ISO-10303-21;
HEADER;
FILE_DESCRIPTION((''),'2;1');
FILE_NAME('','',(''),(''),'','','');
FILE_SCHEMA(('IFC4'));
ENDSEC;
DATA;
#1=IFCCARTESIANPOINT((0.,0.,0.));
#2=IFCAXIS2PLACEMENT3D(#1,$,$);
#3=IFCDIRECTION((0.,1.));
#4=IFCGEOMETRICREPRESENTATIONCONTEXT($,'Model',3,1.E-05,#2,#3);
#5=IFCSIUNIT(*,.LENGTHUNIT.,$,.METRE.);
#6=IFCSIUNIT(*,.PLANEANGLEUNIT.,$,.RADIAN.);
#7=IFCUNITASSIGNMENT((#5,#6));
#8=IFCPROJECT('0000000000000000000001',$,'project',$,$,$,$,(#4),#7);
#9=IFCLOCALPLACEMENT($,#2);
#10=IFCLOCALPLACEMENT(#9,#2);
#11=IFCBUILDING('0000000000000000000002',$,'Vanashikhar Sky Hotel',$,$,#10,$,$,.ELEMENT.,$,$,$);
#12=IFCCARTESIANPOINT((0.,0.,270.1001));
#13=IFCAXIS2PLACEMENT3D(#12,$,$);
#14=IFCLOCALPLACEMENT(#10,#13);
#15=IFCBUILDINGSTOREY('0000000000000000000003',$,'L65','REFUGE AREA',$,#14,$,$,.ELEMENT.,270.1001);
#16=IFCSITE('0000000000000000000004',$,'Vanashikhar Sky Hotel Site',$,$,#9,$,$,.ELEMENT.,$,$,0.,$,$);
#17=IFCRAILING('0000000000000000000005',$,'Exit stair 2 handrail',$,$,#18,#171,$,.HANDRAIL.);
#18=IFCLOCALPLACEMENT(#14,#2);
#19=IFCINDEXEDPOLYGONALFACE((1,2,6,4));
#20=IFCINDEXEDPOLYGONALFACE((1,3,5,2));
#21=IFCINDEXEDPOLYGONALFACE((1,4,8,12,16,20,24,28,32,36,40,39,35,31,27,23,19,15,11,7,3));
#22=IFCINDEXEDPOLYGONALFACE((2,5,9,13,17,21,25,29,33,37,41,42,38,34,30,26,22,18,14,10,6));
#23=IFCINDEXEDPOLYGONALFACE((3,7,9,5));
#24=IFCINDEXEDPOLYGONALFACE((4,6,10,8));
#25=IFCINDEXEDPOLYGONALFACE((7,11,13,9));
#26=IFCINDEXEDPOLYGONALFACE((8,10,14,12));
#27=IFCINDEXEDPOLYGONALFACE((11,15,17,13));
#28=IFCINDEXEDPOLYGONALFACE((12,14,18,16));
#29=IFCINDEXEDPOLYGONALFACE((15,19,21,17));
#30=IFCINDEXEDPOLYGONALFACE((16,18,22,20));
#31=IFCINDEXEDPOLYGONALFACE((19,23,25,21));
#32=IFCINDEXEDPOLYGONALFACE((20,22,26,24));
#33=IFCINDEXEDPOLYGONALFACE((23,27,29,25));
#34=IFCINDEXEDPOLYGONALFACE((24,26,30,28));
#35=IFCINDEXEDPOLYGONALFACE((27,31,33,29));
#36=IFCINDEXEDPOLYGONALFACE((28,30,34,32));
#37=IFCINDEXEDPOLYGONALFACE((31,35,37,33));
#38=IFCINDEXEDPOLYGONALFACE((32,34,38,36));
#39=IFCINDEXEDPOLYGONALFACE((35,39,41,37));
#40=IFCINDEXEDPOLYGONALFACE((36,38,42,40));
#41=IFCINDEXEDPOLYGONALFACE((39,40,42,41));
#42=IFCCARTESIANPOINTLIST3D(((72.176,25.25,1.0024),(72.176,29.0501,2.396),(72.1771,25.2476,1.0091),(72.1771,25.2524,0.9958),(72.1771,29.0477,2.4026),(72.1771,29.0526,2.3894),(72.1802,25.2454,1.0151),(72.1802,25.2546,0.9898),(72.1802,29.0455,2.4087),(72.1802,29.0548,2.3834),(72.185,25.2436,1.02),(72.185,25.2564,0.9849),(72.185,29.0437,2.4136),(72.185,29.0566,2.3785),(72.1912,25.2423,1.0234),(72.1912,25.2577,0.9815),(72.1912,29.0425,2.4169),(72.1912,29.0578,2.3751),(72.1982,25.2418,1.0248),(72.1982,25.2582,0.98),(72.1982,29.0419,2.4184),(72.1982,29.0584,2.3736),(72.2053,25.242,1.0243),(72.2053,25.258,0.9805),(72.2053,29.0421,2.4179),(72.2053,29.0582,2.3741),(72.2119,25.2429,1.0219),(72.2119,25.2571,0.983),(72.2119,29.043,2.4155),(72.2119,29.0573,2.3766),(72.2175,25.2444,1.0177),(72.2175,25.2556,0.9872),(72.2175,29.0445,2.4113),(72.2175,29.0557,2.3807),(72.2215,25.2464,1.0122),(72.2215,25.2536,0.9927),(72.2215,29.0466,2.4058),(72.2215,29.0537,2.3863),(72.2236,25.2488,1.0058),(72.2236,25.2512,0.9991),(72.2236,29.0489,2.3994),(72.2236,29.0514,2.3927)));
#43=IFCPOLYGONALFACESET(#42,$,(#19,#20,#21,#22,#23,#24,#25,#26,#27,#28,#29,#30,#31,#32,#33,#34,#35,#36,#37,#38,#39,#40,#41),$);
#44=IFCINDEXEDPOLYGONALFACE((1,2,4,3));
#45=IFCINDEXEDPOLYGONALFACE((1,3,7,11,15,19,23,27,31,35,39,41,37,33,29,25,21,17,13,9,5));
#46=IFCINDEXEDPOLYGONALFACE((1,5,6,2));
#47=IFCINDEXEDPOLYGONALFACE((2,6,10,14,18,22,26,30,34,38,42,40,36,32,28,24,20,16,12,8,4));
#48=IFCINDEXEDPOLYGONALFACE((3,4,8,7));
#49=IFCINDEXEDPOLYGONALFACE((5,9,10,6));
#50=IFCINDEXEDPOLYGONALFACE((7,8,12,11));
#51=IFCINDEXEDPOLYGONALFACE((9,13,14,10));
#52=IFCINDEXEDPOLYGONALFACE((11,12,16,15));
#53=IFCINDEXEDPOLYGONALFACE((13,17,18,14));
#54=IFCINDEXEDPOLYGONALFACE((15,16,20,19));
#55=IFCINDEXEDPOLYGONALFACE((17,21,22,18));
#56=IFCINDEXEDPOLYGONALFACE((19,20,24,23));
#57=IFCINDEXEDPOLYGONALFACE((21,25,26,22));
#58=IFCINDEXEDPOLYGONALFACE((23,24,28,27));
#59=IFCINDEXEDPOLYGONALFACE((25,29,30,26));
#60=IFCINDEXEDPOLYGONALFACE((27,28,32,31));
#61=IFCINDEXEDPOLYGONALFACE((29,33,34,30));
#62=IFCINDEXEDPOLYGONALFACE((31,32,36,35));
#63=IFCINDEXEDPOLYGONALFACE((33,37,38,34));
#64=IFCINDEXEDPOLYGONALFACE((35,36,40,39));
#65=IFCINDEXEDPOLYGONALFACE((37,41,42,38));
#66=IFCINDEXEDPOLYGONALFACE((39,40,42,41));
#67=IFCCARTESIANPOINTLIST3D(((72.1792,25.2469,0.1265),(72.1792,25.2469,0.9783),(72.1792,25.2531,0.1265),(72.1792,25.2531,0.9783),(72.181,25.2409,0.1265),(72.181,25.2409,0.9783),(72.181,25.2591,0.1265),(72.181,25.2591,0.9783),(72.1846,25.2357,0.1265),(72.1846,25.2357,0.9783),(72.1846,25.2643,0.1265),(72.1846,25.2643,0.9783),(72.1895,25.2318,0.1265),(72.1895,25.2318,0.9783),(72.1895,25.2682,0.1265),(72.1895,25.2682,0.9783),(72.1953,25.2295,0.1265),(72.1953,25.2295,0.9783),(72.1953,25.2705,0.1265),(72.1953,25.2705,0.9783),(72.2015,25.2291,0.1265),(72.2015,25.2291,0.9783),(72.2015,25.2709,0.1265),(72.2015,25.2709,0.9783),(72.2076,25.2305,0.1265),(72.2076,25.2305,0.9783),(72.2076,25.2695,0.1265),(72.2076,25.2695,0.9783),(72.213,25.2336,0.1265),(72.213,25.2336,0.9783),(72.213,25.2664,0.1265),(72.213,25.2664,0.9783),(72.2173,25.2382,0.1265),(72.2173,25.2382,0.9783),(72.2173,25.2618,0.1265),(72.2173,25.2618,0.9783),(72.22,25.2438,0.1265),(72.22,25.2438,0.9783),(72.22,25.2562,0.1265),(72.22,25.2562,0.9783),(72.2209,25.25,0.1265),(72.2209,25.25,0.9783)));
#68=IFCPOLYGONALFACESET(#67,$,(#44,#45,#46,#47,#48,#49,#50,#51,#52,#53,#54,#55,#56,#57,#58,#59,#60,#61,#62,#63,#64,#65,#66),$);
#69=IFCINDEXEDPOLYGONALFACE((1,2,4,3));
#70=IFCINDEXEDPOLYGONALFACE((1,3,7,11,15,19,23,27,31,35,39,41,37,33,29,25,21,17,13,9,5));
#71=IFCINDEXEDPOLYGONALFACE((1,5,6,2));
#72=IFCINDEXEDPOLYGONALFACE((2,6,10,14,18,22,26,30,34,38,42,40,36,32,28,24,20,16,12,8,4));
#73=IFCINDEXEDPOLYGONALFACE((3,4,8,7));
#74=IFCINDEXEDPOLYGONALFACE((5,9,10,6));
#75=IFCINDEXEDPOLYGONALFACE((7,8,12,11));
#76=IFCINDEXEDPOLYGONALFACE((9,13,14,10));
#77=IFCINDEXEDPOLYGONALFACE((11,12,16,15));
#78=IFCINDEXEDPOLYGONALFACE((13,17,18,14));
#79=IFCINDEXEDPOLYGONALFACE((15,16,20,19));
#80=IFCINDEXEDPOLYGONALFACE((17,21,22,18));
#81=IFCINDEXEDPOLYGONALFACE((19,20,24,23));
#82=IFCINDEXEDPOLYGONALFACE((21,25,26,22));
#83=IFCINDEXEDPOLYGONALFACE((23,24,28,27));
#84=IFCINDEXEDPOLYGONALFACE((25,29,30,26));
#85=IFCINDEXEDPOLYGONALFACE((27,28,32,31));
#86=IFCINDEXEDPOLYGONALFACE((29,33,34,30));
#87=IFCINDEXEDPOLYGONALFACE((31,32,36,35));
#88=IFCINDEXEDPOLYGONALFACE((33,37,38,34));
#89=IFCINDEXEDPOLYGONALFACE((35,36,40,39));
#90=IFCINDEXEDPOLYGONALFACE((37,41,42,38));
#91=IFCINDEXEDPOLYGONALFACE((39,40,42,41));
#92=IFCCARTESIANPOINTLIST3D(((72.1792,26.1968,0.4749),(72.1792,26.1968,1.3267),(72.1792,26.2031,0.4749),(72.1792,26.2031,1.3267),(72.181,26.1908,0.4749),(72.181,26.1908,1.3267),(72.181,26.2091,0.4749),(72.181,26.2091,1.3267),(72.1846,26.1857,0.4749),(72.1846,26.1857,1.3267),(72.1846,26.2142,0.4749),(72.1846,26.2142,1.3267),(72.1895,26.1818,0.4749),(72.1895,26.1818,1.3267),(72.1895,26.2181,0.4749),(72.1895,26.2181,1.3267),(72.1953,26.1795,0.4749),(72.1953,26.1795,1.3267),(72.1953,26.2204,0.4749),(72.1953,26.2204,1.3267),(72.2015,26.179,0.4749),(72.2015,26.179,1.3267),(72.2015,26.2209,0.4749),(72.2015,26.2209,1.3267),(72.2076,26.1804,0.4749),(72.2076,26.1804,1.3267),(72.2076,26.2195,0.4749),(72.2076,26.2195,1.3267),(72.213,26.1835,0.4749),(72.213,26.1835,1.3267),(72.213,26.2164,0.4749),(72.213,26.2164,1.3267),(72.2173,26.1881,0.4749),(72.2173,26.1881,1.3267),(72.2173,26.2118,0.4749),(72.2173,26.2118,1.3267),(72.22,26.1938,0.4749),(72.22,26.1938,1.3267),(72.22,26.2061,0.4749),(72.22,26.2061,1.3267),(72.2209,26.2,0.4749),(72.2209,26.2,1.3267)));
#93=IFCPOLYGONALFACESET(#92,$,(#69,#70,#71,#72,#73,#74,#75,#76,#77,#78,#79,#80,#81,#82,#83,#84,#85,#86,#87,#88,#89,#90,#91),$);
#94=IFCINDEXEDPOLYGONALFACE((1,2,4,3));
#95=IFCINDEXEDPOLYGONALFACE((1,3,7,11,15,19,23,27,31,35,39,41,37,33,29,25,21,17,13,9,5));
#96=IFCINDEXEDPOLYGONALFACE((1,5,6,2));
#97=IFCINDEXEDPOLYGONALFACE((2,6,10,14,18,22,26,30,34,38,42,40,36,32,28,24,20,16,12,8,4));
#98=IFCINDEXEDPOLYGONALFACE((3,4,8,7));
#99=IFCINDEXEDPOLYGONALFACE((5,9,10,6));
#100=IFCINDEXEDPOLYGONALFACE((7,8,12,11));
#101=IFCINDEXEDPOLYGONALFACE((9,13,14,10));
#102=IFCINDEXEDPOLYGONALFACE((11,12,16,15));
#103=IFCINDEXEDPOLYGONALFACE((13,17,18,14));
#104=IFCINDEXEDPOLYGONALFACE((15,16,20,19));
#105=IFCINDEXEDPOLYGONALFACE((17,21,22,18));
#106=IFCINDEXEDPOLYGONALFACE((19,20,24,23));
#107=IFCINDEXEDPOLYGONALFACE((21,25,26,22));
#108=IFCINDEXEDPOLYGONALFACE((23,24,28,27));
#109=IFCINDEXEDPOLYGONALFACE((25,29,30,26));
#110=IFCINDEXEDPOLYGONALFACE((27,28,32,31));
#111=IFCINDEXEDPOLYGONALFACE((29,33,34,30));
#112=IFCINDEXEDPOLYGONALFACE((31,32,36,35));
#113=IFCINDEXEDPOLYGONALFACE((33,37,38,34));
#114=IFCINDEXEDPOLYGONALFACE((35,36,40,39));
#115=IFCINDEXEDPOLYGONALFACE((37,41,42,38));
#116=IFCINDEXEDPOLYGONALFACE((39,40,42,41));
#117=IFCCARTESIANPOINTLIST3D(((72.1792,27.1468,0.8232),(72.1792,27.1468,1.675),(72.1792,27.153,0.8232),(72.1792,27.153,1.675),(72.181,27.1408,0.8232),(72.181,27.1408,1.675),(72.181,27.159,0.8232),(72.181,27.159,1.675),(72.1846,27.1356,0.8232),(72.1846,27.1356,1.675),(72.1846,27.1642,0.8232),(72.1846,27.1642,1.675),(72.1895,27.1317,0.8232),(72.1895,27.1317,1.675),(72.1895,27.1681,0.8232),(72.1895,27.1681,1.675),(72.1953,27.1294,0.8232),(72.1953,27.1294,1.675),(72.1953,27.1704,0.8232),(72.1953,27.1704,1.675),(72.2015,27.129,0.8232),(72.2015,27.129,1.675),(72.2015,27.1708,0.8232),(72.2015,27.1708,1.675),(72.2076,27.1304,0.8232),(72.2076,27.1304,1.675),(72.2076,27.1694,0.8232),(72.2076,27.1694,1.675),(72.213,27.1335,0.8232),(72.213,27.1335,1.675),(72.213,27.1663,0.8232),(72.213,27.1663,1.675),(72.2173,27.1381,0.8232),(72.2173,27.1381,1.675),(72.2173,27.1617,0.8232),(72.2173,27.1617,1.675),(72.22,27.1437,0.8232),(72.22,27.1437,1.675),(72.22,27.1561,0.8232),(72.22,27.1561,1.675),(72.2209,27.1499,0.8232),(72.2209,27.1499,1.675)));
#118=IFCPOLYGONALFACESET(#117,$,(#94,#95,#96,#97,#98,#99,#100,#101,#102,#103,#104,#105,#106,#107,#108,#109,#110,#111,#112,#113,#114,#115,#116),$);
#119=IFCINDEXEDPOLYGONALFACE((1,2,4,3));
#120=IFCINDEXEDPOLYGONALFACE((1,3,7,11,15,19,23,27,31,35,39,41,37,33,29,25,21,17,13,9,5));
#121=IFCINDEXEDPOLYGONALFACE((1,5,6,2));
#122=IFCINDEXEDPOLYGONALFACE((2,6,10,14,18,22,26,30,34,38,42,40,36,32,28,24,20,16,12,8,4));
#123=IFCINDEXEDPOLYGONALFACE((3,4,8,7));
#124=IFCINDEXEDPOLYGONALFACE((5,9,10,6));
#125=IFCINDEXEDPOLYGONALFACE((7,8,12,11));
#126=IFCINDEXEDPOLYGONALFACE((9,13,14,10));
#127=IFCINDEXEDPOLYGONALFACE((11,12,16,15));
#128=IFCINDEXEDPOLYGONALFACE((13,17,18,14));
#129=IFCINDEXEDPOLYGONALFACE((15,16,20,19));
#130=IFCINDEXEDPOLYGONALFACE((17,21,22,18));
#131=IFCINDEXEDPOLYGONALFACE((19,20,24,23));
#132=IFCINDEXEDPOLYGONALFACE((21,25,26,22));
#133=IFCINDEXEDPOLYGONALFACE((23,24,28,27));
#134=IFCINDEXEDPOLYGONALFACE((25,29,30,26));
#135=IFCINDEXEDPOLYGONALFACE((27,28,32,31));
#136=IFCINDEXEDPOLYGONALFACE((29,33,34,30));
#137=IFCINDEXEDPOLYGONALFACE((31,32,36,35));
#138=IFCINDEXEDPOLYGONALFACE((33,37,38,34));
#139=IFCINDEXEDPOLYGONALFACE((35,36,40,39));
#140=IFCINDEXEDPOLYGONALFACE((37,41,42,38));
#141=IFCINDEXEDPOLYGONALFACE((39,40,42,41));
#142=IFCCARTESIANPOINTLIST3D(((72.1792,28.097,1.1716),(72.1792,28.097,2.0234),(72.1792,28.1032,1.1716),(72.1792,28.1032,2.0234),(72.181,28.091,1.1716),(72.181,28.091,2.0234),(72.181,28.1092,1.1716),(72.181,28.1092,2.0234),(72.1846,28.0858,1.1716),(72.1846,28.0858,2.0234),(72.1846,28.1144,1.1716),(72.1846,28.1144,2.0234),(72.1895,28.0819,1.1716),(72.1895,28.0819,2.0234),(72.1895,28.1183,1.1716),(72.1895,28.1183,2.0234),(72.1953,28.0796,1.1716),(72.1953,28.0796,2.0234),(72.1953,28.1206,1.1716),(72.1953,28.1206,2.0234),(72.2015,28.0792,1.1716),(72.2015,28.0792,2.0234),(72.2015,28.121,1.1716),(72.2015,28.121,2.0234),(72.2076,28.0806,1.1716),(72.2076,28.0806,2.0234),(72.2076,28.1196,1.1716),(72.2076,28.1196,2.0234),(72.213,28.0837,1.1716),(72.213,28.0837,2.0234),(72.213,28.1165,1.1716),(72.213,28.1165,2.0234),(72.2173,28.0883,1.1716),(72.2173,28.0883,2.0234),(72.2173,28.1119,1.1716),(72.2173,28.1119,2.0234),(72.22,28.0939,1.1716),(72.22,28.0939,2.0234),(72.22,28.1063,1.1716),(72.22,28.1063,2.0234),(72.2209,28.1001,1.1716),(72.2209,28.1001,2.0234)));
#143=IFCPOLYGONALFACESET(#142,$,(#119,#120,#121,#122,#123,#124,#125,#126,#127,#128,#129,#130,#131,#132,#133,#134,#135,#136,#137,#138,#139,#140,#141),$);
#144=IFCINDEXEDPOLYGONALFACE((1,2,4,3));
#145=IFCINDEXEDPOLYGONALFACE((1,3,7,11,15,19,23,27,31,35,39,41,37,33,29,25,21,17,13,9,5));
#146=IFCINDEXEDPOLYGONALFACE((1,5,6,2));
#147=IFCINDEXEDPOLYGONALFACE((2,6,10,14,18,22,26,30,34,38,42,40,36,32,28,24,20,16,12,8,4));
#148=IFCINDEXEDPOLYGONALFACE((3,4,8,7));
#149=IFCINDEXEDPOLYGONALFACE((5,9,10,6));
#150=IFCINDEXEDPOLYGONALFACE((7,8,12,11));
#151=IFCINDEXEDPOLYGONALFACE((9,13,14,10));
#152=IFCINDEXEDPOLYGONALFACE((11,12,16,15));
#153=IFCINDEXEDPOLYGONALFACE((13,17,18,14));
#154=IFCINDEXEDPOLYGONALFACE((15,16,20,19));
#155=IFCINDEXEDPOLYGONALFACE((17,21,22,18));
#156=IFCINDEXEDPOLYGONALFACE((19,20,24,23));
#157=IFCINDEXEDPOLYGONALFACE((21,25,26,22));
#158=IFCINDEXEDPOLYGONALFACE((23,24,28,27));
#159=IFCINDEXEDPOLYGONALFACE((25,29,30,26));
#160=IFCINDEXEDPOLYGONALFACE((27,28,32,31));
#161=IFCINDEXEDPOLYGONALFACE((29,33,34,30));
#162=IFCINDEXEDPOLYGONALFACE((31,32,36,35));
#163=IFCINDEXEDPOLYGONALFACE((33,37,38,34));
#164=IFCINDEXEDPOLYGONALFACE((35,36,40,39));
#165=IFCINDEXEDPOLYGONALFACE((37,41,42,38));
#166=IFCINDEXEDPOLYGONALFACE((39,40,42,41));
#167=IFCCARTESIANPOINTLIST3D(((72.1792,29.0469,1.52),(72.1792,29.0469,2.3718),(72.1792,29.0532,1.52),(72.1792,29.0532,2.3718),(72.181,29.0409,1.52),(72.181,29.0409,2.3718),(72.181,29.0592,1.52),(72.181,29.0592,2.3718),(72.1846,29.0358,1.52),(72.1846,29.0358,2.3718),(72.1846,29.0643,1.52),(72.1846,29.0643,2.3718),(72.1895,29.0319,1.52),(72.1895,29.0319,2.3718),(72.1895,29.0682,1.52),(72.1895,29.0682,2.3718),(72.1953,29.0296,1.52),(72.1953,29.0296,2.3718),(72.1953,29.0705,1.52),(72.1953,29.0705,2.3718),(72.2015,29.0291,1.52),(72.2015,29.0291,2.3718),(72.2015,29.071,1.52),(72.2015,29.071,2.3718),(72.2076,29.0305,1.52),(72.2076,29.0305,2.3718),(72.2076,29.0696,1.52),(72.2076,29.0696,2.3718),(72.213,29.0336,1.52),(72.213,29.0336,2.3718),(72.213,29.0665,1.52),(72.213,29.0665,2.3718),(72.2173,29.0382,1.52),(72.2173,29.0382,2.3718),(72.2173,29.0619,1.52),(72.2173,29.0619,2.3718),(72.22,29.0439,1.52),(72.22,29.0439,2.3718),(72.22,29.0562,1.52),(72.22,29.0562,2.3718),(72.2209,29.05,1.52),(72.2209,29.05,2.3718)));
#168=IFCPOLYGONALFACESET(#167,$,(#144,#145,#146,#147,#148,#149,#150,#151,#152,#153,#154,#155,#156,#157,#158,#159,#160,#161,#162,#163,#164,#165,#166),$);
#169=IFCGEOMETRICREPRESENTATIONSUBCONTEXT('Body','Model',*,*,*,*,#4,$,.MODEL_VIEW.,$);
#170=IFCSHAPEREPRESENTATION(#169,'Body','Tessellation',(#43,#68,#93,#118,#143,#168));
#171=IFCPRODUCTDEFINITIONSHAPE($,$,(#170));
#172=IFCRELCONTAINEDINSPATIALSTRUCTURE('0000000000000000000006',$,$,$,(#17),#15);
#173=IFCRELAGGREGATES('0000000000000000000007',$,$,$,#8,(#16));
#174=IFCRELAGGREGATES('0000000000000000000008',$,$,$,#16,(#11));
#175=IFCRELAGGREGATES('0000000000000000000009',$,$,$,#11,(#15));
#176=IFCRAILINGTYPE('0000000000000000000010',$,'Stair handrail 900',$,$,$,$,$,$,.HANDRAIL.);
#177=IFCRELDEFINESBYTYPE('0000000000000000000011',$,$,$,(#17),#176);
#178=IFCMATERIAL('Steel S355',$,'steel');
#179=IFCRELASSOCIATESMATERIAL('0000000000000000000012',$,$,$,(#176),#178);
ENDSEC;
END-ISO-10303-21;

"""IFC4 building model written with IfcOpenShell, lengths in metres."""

from ifc_helpers import new_model, si_unit, direction, frame, origin, origin_2d, place, context, subcontext, project, spatial, circle, extrude, source, transform, mapped, material, type_object, element, save


model = new_model("IFC4")

# Units and contexts
model_context = context("Model", 3, precision=1e-05, world=origin(), true_north=direction((0.0, 1.0)))
body_context = subcontext(model_context, "Body", "Model", "MODEL_VIEW")
ifc_project = project(units=[si_unit("LENGTHUNIT", "METRE"), si_unit("PLANEANGLEUNIT", "RADIAN")], contexts=[model_context])

# Site, building, storey
site_placement = place(None, origin())
site = spatial("IfcSite", under=ifc_project, at=site_placement, Name="Vanashikhar Sky Hotel Site", CompositionType="ELEMENT", RefElevation=0.0)
building_placement = place(site_placement, origin())
building = spatial("IfcBuilding", under=site, at=building_placement, Name="Vanashikhar Sky Hotel", CompositionType="ELEMENT")
storey_placement = place(building_placement, frame((0.0, 0.0, 270.1001)))
storey = spatial("IfcBuildingStorey", under=building, at=storey_placement, Name="L65", Description="REFUGE AREA", CompositionType="ELEMENT", Elevation=270.1001)

# Railing
ifc_material_1 = material(Name="Steel S355", Category="steel")
railing_type_1 = type_object("IfcRailingType", Name="Stair handrail 900", PredefinedType="HANDRAIL", material=ifc_material_1)
shared_shape_1 = source(origin(), body_context, "Body", "SweptSolid", [
    extrude(circle(Radius=0.0239, at=origin_2d()), frame((0.0, 0.0, 0.876), z_axis=(0.0, 0.93886, 0.344299), x_axis=(-1.0, 0.0, 0.0)), (0.0, 0.0, 1.0), 4.0476),
    extrude(circle(Radius=0.021, at=origin_2d()), origin(), (0.0, 0.0, 1.0), 0.8518),
    extrude(circle(Radius=0.021, at=origin_2d()), frame((0.0, 0.95, 0.3484)), (0.0, 0.0, 1.0), 0.8518),
    extrude(circle(Radius=0.021, at=origin_2d()), frame((0.0, 1.8999, 0.6968)), (0.0, 0.0, 1.0), 0.8518),
    extrude(circle(Radius=0.021, at=origin_2d()), frame((0.0, 2.8501, 1.0452)), (0.0, 0.0, 1.0), 0.8518),
    extrude(circle(Radius=0.021, at=origin_2d()), frame((0.0, 3.8, 1.3936)), (0.0, 0.0, 1.0), 0.8518),
])
for number, where, name in (
    (1, (72.2, 25.25, 0.1265), "Exit stair 2 handrail"),
):
    element("IfcRailing", number, at=place(storey_placement, frame(where)), inside=storey, type_object=railing_type_1, Name=name, PredefinedType="HANDRAIL", context=body_context, shape_type="MappedRepresentation", body=[
        mapped(shared_shape_1, transform((0.0, 0.0, 0.0), scale=1.0)),
    ])

save(model, "model.ifc")
